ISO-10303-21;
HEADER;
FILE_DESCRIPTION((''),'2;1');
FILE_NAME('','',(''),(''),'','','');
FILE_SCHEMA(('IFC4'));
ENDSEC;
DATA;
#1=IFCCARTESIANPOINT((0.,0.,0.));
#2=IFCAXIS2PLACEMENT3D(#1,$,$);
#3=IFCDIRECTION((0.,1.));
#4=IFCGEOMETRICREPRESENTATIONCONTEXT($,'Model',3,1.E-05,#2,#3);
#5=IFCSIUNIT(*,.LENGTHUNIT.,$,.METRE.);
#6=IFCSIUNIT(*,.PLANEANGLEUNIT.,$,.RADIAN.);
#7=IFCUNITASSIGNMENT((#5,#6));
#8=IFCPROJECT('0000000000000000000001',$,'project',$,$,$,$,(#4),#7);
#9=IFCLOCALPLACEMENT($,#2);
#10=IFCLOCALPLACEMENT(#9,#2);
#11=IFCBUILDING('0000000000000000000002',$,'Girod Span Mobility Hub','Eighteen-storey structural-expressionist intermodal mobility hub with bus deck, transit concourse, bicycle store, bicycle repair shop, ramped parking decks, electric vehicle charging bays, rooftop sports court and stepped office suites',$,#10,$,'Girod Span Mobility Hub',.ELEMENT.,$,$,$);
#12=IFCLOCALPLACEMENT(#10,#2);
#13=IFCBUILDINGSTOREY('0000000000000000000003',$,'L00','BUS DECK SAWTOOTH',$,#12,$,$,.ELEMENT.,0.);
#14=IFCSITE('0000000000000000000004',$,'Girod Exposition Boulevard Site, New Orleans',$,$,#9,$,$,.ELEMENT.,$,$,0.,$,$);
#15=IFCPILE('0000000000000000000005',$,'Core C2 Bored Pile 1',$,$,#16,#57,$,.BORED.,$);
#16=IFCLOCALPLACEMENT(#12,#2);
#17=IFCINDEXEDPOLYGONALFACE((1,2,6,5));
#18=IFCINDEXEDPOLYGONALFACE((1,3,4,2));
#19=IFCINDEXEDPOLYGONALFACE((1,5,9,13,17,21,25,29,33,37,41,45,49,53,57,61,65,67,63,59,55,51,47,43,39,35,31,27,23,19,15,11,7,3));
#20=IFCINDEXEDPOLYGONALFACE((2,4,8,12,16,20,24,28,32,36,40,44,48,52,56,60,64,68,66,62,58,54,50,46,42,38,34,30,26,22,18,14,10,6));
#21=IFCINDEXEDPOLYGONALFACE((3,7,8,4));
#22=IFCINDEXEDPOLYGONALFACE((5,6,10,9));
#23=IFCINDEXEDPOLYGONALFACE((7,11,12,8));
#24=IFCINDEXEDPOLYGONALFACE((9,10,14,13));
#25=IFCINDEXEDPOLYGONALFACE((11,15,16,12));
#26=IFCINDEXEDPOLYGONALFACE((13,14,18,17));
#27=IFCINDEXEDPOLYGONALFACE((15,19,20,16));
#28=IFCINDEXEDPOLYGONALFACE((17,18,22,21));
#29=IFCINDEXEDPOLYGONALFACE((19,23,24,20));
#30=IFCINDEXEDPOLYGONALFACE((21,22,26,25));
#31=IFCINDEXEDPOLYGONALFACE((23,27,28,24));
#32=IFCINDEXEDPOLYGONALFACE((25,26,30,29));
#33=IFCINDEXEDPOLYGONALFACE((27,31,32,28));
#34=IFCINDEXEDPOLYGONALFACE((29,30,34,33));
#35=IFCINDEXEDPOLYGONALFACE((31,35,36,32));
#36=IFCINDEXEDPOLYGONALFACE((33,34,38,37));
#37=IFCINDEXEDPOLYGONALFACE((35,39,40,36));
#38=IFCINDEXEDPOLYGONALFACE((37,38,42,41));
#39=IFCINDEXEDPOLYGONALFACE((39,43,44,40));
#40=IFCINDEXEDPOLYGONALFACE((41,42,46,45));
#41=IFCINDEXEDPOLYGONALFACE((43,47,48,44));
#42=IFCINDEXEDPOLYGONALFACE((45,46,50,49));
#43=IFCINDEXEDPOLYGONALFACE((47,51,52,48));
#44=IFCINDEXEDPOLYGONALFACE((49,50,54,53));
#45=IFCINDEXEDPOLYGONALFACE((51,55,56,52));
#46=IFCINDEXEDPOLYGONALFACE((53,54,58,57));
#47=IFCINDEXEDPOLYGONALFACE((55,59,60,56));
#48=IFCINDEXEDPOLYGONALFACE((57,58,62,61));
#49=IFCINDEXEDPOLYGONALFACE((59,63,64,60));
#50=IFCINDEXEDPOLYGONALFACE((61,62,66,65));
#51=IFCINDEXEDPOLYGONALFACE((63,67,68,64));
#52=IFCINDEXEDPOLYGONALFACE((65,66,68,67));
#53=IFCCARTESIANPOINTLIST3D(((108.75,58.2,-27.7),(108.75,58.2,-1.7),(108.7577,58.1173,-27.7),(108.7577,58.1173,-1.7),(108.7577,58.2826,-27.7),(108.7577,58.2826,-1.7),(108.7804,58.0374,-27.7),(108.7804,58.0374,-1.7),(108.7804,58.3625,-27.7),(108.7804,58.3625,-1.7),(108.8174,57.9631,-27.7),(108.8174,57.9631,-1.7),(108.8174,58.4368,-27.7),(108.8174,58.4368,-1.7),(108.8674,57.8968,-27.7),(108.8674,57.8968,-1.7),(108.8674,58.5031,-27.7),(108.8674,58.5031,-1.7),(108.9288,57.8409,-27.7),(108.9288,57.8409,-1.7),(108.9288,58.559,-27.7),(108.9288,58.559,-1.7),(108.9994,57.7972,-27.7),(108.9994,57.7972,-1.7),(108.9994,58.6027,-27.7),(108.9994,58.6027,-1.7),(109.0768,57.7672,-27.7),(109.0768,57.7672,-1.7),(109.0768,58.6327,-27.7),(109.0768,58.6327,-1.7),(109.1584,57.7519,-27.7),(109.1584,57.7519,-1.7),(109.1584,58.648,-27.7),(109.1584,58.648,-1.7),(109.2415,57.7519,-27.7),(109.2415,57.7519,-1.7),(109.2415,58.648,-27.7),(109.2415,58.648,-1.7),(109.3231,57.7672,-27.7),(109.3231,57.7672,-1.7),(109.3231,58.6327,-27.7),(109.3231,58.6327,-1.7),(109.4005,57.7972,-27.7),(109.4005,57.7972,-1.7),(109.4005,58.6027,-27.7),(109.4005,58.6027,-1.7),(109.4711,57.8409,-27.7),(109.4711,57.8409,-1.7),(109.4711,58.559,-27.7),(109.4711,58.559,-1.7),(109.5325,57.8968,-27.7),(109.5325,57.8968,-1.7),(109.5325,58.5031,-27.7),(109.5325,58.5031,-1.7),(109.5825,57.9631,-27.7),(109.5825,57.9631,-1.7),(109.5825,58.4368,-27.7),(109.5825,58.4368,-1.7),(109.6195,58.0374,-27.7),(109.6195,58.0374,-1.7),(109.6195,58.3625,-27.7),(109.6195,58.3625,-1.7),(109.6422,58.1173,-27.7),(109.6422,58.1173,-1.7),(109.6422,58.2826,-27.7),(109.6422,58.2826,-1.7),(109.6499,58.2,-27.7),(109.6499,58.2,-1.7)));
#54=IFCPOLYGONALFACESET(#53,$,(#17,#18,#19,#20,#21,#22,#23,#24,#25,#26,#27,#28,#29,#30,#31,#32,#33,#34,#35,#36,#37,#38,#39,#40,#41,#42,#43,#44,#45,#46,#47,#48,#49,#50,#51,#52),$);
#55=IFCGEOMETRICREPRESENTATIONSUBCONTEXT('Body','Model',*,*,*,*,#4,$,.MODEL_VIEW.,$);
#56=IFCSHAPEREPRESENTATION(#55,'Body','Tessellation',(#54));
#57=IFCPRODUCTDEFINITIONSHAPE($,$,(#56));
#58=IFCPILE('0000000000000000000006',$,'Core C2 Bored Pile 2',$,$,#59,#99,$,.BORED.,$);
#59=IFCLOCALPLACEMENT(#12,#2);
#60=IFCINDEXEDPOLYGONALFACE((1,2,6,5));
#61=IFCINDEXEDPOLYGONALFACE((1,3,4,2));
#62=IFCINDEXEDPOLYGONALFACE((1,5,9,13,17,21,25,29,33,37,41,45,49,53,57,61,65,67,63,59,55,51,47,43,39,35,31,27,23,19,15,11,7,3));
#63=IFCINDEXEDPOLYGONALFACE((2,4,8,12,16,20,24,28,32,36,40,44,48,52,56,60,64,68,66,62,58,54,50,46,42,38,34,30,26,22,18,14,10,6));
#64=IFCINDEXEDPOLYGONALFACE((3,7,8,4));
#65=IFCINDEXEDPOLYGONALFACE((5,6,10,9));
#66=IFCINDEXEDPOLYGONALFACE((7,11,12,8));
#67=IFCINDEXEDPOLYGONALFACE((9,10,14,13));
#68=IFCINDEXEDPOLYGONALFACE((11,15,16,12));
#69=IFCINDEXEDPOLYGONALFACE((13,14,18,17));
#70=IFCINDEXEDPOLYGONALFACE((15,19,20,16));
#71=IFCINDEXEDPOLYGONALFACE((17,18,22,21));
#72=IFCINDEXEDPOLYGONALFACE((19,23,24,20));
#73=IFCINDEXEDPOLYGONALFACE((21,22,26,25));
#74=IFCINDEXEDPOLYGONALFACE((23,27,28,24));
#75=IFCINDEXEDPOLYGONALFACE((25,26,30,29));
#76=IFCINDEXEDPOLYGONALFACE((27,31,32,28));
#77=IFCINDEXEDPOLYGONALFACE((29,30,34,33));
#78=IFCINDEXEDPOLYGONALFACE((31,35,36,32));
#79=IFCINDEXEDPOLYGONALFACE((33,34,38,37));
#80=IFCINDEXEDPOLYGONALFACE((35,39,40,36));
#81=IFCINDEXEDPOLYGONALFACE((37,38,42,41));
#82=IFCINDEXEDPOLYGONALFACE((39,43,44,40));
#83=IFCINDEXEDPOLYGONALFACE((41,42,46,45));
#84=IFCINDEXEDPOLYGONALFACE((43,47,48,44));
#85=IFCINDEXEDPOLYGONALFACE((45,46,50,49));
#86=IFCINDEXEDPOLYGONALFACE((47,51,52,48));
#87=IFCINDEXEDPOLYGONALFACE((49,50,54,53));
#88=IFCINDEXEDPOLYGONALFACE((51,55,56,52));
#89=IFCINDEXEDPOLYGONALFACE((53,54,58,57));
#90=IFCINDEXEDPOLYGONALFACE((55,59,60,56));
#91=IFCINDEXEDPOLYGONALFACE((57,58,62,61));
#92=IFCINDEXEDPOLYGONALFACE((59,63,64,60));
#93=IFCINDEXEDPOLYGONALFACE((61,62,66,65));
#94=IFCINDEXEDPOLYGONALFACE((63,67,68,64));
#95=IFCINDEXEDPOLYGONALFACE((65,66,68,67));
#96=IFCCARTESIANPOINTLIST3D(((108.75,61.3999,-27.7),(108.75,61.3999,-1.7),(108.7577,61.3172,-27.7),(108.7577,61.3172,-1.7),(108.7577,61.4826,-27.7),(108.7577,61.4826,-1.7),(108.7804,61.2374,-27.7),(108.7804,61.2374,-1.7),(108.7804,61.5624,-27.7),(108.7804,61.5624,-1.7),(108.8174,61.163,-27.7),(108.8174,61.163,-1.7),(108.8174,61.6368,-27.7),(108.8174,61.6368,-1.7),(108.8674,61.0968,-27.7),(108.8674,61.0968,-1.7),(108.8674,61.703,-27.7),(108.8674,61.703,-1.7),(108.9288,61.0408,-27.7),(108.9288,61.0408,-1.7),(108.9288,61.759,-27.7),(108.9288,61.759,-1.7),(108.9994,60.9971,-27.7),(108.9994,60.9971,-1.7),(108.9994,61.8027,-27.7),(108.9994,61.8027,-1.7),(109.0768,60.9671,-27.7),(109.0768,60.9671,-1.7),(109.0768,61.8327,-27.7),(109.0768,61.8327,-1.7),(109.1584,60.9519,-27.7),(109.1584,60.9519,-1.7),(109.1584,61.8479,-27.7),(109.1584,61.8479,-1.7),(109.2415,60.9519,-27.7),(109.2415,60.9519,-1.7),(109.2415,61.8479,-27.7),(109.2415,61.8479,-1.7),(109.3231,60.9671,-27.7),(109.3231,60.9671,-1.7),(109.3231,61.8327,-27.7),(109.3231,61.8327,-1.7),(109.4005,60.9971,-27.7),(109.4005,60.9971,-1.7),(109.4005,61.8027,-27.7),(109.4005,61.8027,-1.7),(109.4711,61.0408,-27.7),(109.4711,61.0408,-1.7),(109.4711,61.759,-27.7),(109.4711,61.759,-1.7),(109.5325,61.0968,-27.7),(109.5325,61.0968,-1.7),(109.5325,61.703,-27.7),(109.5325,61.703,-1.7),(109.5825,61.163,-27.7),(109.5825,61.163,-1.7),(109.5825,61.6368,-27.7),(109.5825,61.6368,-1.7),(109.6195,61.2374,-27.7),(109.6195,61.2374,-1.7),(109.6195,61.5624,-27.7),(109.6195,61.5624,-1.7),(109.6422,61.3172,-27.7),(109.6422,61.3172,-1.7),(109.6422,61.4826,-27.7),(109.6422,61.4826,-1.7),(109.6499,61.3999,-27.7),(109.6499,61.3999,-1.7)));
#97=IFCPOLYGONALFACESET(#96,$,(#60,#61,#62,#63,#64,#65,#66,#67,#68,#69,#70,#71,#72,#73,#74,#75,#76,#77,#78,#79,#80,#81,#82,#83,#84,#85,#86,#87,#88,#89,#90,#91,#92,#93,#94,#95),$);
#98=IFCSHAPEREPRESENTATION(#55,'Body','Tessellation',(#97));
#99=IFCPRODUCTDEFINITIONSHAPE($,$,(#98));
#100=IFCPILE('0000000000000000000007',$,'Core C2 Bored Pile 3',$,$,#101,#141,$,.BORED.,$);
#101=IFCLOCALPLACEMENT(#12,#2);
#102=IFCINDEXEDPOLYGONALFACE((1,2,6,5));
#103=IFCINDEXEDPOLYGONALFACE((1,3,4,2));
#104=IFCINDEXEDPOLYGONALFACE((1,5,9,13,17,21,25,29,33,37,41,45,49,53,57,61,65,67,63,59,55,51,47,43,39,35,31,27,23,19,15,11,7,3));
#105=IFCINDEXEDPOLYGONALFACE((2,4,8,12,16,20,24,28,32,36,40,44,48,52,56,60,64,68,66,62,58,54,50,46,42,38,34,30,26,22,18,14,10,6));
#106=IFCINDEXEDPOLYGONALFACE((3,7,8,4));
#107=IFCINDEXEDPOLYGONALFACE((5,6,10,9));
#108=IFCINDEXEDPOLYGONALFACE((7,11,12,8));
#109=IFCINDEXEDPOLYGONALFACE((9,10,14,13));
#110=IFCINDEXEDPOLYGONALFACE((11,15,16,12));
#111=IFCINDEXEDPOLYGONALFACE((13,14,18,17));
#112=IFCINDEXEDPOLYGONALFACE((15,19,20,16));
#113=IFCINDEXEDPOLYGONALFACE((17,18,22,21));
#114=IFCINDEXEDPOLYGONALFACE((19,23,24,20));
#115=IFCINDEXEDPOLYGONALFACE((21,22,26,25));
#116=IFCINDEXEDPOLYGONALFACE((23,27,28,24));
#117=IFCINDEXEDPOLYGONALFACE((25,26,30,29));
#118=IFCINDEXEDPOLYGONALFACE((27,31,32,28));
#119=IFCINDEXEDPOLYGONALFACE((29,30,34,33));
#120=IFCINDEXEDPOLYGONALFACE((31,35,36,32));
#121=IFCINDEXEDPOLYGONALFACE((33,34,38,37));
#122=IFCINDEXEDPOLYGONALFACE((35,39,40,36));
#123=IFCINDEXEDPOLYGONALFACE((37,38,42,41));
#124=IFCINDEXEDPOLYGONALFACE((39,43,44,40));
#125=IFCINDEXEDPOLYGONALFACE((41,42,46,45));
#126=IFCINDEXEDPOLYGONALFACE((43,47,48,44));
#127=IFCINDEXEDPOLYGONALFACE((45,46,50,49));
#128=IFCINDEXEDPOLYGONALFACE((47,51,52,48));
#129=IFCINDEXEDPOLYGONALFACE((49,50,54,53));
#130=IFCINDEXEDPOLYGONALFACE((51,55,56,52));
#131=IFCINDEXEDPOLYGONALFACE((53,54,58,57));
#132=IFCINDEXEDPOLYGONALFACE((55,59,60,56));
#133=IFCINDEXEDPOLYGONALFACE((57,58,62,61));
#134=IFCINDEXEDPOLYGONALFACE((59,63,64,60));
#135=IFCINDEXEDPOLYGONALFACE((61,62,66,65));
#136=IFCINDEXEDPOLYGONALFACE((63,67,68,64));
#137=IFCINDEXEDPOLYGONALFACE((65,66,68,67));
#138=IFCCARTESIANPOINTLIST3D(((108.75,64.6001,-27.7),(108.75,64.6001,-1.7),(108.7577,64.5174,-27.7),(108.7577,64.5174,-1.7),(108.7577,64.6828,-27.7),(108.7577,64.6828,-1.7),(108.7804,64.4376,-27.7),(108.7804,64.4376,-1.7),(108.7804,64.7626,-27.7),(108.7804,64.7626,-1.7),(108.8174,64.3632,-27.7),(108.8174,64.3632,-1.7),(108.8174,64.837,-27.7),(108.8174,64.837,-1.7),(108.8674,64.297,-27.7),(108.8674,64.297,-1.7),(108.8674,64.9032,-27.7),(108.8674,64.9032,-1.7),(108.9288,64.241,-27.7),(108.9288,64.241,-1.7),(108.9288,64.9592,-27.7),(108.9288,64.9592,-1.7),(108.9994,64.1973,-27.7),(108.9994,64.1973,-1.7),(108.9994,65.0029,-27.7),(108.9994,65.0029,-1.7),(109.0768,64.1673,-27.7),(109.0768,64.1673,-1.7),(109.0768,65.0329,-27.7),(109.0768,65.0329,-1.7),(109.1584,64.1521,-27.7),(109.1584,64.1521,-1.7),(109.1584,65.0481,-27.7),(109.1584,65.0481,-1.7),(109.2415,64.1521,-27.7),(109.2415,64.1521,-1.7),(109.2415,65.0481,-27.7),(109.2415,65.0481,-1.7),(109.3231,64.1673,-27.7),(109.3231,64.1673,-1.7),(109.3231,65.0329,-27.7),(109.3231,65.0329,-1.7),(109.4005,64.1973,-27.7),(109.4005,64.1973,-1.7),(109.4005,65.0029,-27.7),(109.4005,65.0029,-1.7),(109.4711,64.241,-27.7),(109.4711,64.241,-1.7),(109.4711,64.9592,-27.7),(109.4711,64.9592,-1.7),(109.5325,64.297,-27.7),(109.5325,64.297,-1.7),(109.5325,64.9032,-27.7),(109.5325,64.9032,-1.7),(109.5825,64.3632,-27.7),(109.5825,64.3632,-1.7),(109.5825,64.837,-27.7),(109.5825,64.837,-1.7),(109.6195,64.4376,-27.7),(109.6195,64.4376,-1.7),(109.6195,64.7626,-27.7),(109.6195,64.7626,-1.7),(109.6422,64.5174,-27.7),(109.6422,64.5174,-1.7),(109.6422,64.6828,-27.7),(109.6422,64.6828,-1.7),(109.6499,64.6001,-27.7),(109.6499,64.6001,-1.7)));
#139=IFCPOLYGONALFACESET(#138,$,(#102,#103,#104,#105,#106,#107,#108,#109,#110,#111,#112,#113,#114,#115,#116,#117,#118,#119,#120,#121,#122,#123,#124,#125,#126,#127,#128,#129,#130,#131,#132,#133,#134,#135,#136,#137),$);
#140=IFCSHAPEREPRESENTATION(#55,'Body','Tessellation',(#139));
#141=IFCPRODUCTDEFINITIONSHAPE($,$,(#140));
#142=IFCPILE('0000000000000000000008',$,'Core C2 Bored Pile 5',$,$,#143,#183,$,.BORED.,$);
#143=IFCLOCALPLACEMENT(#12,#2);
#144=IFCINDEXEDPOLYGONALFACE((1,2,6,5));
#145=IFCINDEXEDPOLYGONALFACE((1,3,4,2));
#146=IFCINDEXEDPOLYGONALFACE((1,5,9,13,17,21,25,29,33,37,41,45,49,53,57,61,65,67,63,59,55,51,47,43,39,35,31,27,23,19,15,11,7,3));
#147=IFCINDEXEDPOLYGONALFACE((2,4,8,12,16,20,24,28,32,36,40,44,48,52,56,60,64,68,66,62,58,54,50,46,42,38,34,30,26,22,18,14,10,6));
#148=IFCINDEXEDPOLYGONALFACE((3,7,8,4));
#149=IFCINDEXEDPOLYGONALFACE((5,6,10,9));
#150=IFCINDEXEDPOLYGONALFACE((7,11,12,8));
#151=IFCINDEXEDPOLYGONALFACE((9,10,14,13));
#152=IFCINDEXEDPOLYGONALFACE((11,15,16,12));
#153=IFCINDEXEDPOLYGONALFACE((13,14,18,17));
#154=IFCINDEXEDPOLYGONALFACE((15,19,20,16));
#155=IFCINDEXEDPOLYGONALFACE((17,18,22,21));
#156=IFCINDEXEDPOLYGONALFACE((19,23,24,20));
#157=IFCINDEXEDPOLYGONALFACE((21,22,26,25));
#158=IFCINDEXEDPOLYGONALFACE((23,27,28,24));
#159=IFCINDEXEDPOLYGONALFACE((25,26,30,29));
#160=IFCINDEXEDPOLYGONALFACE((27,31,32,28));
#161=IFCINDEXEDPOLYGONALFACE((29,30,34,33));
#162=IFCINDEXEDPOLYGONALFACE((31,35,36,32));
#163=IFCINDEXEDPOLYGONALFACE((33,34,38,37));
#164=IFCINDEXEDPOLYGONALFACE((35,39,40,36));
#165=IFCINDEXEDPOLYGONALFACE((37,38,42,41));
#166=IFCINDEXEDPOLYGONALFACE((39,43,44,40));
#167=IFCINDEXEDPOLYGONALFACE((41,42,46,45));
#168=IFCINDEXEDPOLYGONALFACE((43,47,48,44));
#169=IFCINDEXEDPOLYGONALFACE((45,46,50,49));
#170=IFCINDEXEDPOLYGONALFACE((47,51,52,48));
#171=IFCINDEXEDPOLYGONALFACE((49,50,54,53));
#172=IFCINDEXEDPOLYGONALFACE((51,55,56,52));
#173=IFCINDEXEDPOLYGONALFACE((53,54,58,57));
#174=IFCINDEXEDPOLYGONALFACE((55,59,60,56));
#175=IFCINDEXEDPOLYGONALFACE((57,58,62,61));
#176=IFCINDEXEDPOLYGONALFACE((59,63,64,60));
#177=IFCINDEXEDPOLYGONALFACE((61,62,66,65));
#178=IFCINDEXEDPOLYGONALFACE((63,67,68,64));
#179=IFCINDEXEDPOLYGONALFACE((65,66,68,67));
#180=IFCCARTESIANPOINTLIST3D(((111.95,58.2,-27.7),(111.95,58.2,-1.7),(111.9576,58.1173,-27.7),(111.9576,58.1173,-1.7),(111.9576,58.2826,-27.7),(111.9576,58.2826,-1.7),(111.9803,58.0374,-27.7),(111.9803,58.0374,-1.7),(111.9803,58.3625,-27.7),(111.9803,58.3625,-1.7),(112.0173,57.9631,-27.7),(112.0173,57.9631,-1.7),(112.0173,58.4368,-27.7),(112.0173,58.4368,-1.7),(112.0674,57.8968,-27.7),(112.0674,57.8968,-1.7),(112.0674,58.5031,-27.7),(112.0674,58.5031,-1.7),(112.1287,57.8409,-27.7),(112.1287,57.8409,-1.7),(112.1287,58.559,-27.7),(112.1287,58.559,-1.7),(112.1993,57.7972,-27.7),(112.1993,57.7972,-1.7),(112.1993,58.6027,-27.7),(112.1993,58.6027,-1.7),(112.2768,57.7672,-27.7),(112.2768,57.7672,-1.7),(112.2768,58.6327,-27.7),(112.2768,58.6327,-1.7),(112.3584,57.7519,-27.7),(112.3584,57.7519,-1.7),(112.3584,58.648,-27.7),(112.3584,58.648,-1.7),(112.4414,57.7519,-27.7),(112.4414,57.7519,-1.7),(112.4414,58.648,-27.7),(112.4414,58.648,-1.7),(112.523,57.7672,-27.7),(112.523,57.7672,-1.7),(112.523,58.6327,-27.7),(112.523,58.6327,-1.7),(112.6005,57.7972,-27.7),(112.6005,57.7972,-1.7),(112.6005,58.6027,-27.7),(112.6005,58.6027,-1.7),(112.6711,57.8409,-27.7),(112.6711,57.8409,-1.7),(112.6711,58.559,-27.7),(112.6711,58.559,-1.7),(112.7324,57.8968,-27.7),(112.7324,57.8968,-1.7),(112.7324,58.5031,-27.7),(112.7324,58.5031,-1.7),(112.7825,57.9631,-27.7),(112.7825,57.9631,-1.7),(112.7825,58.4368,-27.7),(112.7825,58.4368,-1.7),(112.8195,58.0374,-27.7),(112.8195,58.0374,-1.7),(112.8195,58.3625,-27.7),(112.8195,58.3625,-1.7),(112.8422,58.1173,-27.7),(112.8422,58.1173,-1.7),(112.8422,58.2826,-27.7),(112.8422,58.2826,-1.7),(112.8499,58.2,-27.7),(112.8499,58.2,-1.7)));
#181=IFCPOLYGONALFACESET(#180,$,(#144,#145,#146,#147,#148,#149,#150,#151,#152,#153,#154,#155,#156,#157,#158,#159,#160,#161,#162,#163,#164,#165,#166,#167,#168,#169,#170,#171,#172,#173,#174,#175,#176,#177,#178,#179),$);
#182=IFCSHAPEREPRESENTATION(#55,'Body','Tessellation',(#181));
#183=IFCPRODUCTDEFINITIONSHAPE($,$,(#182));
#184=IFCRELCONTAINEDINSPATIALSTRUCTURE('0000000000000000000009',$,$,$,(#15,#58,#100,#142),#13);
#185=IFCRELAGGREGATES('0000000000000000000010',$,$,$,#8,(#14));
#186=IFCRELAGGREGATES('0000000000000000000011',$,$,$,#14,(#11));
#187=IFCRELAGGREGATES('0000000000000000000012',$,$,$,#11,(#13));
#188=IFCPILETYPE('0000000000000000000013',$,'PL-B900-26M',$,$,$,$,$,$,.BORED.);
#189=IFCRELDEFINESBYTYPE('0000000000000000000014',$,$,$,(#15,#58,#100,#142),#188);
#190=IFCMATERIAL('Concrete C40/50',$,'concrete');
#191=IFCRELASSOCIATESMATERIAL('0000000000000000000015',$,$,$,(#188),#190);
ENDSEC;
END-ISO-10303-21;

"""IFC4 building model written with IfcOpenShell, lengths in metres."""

from ifc_helpers import new_model, si_unit, direction, frame, origin, origin_2d, place, context, subcontext, project, spatial, circle, extrude, material, material_profile, profile_set, type_object, element, save


model = new_model("IFC4")

# Units and contexts
model_context = context("Model", 3, precision=1e-05, world=origin(), true_north=direction((0.0, 1.0)))
body_context = subcontext(model_context, "Body", "Model", "MODEL_VIEW")
ifc_project = project(units=[si_unit("LENGTHUNIT", "METRE"), si_unit("PLANEANGLEUNIT", "RADIAN")], contexts=[model_context])

# Site, building, storey
site_placement = place(None, origin())
site = spatial("IfcSite", under=ifc_project, at=site_placement, Name="Girod Exposition Boulevard Site, New Orleans", CompositionType="ELEMENT", RefElevation=0.0)
building_placement = place(site_placement, origin())
building = spatial("IfcBuilding", under=site, at=building_placement, Name="Girod Span Mobility Hub", Description="Eighteen-storey structural-expressionist intermodal mobility hub with bus deck, transit concourse, bicycle store, bicycle repair shop, ramped parking decks, electric vehicle charging bays, rooftop sports court and stepped office suites", LongName="Girod Span Mobility Hub", CompositionType="ELEMENT")
storey_placement = place(building_placement, origin())
storey = spatial("IfcBuildingStorey", under=building, at=storey_placement, Name="L00", Description="BUS DECK SAWTOOTH", CompositionType="ELEMENT", Elevation=0.0)

# Piles
ifc_material_1 = material(Name="Concrete C40/50", Category="concrete")
ifc_material_profile_1 = material_profile(ifc_material_1, circle(Radius=0.45, at=origin_2d()), Name="PILE-D900")
ifc_profile_set_1 = profile_set([ifc_material_profile_1], Name="Concrete C40/50")
pile_type = type_object("IfcPileType", Name="PL-B900-26M", PredefinedType="BORED", material=ifc_profile_set_1)
for number, where, z_axis, x_axis, name in (
    (1, (109.2, 58.2, -1.7), (0.0, 0.0, -1.0), (1.0, 0.0, 0.0), "Core C2 Bored Pile 1"),
    (2, (109.2, 61.3999, -1.7), (0.0, 0.0, -1.0), (1.0, 0.0, 0.0), "Core C2 Bored Pile 2"),
    (3, (109.2, 64.6001, -1.7), (0.0, 0.0, -1.0), (1.0, 0.0, 0.0), "Core C2 Bored Pile 3"),
    (4, (112.3999, 58.2, -1.7), (0.0, 0.0, -1.0), (1.0, 0.0, 0.0), "Core C2 Bored Pile 5"),
):
    element("IfcPile", number, at=place(storey_placement, frame(where, z_axis=z_axis, x_axis=x_axis)), inside=storey, type_object=pile_type, Name=name, PredefinedType="BORED", context=body_context, shape_type="SweptSolid", body=[
        extrude(circle(Radius=0.45, at=origin_2d()), origin(), (0.0, 0.0, 1.0), 26.0),
    ])

save(model, "model.ifc")
